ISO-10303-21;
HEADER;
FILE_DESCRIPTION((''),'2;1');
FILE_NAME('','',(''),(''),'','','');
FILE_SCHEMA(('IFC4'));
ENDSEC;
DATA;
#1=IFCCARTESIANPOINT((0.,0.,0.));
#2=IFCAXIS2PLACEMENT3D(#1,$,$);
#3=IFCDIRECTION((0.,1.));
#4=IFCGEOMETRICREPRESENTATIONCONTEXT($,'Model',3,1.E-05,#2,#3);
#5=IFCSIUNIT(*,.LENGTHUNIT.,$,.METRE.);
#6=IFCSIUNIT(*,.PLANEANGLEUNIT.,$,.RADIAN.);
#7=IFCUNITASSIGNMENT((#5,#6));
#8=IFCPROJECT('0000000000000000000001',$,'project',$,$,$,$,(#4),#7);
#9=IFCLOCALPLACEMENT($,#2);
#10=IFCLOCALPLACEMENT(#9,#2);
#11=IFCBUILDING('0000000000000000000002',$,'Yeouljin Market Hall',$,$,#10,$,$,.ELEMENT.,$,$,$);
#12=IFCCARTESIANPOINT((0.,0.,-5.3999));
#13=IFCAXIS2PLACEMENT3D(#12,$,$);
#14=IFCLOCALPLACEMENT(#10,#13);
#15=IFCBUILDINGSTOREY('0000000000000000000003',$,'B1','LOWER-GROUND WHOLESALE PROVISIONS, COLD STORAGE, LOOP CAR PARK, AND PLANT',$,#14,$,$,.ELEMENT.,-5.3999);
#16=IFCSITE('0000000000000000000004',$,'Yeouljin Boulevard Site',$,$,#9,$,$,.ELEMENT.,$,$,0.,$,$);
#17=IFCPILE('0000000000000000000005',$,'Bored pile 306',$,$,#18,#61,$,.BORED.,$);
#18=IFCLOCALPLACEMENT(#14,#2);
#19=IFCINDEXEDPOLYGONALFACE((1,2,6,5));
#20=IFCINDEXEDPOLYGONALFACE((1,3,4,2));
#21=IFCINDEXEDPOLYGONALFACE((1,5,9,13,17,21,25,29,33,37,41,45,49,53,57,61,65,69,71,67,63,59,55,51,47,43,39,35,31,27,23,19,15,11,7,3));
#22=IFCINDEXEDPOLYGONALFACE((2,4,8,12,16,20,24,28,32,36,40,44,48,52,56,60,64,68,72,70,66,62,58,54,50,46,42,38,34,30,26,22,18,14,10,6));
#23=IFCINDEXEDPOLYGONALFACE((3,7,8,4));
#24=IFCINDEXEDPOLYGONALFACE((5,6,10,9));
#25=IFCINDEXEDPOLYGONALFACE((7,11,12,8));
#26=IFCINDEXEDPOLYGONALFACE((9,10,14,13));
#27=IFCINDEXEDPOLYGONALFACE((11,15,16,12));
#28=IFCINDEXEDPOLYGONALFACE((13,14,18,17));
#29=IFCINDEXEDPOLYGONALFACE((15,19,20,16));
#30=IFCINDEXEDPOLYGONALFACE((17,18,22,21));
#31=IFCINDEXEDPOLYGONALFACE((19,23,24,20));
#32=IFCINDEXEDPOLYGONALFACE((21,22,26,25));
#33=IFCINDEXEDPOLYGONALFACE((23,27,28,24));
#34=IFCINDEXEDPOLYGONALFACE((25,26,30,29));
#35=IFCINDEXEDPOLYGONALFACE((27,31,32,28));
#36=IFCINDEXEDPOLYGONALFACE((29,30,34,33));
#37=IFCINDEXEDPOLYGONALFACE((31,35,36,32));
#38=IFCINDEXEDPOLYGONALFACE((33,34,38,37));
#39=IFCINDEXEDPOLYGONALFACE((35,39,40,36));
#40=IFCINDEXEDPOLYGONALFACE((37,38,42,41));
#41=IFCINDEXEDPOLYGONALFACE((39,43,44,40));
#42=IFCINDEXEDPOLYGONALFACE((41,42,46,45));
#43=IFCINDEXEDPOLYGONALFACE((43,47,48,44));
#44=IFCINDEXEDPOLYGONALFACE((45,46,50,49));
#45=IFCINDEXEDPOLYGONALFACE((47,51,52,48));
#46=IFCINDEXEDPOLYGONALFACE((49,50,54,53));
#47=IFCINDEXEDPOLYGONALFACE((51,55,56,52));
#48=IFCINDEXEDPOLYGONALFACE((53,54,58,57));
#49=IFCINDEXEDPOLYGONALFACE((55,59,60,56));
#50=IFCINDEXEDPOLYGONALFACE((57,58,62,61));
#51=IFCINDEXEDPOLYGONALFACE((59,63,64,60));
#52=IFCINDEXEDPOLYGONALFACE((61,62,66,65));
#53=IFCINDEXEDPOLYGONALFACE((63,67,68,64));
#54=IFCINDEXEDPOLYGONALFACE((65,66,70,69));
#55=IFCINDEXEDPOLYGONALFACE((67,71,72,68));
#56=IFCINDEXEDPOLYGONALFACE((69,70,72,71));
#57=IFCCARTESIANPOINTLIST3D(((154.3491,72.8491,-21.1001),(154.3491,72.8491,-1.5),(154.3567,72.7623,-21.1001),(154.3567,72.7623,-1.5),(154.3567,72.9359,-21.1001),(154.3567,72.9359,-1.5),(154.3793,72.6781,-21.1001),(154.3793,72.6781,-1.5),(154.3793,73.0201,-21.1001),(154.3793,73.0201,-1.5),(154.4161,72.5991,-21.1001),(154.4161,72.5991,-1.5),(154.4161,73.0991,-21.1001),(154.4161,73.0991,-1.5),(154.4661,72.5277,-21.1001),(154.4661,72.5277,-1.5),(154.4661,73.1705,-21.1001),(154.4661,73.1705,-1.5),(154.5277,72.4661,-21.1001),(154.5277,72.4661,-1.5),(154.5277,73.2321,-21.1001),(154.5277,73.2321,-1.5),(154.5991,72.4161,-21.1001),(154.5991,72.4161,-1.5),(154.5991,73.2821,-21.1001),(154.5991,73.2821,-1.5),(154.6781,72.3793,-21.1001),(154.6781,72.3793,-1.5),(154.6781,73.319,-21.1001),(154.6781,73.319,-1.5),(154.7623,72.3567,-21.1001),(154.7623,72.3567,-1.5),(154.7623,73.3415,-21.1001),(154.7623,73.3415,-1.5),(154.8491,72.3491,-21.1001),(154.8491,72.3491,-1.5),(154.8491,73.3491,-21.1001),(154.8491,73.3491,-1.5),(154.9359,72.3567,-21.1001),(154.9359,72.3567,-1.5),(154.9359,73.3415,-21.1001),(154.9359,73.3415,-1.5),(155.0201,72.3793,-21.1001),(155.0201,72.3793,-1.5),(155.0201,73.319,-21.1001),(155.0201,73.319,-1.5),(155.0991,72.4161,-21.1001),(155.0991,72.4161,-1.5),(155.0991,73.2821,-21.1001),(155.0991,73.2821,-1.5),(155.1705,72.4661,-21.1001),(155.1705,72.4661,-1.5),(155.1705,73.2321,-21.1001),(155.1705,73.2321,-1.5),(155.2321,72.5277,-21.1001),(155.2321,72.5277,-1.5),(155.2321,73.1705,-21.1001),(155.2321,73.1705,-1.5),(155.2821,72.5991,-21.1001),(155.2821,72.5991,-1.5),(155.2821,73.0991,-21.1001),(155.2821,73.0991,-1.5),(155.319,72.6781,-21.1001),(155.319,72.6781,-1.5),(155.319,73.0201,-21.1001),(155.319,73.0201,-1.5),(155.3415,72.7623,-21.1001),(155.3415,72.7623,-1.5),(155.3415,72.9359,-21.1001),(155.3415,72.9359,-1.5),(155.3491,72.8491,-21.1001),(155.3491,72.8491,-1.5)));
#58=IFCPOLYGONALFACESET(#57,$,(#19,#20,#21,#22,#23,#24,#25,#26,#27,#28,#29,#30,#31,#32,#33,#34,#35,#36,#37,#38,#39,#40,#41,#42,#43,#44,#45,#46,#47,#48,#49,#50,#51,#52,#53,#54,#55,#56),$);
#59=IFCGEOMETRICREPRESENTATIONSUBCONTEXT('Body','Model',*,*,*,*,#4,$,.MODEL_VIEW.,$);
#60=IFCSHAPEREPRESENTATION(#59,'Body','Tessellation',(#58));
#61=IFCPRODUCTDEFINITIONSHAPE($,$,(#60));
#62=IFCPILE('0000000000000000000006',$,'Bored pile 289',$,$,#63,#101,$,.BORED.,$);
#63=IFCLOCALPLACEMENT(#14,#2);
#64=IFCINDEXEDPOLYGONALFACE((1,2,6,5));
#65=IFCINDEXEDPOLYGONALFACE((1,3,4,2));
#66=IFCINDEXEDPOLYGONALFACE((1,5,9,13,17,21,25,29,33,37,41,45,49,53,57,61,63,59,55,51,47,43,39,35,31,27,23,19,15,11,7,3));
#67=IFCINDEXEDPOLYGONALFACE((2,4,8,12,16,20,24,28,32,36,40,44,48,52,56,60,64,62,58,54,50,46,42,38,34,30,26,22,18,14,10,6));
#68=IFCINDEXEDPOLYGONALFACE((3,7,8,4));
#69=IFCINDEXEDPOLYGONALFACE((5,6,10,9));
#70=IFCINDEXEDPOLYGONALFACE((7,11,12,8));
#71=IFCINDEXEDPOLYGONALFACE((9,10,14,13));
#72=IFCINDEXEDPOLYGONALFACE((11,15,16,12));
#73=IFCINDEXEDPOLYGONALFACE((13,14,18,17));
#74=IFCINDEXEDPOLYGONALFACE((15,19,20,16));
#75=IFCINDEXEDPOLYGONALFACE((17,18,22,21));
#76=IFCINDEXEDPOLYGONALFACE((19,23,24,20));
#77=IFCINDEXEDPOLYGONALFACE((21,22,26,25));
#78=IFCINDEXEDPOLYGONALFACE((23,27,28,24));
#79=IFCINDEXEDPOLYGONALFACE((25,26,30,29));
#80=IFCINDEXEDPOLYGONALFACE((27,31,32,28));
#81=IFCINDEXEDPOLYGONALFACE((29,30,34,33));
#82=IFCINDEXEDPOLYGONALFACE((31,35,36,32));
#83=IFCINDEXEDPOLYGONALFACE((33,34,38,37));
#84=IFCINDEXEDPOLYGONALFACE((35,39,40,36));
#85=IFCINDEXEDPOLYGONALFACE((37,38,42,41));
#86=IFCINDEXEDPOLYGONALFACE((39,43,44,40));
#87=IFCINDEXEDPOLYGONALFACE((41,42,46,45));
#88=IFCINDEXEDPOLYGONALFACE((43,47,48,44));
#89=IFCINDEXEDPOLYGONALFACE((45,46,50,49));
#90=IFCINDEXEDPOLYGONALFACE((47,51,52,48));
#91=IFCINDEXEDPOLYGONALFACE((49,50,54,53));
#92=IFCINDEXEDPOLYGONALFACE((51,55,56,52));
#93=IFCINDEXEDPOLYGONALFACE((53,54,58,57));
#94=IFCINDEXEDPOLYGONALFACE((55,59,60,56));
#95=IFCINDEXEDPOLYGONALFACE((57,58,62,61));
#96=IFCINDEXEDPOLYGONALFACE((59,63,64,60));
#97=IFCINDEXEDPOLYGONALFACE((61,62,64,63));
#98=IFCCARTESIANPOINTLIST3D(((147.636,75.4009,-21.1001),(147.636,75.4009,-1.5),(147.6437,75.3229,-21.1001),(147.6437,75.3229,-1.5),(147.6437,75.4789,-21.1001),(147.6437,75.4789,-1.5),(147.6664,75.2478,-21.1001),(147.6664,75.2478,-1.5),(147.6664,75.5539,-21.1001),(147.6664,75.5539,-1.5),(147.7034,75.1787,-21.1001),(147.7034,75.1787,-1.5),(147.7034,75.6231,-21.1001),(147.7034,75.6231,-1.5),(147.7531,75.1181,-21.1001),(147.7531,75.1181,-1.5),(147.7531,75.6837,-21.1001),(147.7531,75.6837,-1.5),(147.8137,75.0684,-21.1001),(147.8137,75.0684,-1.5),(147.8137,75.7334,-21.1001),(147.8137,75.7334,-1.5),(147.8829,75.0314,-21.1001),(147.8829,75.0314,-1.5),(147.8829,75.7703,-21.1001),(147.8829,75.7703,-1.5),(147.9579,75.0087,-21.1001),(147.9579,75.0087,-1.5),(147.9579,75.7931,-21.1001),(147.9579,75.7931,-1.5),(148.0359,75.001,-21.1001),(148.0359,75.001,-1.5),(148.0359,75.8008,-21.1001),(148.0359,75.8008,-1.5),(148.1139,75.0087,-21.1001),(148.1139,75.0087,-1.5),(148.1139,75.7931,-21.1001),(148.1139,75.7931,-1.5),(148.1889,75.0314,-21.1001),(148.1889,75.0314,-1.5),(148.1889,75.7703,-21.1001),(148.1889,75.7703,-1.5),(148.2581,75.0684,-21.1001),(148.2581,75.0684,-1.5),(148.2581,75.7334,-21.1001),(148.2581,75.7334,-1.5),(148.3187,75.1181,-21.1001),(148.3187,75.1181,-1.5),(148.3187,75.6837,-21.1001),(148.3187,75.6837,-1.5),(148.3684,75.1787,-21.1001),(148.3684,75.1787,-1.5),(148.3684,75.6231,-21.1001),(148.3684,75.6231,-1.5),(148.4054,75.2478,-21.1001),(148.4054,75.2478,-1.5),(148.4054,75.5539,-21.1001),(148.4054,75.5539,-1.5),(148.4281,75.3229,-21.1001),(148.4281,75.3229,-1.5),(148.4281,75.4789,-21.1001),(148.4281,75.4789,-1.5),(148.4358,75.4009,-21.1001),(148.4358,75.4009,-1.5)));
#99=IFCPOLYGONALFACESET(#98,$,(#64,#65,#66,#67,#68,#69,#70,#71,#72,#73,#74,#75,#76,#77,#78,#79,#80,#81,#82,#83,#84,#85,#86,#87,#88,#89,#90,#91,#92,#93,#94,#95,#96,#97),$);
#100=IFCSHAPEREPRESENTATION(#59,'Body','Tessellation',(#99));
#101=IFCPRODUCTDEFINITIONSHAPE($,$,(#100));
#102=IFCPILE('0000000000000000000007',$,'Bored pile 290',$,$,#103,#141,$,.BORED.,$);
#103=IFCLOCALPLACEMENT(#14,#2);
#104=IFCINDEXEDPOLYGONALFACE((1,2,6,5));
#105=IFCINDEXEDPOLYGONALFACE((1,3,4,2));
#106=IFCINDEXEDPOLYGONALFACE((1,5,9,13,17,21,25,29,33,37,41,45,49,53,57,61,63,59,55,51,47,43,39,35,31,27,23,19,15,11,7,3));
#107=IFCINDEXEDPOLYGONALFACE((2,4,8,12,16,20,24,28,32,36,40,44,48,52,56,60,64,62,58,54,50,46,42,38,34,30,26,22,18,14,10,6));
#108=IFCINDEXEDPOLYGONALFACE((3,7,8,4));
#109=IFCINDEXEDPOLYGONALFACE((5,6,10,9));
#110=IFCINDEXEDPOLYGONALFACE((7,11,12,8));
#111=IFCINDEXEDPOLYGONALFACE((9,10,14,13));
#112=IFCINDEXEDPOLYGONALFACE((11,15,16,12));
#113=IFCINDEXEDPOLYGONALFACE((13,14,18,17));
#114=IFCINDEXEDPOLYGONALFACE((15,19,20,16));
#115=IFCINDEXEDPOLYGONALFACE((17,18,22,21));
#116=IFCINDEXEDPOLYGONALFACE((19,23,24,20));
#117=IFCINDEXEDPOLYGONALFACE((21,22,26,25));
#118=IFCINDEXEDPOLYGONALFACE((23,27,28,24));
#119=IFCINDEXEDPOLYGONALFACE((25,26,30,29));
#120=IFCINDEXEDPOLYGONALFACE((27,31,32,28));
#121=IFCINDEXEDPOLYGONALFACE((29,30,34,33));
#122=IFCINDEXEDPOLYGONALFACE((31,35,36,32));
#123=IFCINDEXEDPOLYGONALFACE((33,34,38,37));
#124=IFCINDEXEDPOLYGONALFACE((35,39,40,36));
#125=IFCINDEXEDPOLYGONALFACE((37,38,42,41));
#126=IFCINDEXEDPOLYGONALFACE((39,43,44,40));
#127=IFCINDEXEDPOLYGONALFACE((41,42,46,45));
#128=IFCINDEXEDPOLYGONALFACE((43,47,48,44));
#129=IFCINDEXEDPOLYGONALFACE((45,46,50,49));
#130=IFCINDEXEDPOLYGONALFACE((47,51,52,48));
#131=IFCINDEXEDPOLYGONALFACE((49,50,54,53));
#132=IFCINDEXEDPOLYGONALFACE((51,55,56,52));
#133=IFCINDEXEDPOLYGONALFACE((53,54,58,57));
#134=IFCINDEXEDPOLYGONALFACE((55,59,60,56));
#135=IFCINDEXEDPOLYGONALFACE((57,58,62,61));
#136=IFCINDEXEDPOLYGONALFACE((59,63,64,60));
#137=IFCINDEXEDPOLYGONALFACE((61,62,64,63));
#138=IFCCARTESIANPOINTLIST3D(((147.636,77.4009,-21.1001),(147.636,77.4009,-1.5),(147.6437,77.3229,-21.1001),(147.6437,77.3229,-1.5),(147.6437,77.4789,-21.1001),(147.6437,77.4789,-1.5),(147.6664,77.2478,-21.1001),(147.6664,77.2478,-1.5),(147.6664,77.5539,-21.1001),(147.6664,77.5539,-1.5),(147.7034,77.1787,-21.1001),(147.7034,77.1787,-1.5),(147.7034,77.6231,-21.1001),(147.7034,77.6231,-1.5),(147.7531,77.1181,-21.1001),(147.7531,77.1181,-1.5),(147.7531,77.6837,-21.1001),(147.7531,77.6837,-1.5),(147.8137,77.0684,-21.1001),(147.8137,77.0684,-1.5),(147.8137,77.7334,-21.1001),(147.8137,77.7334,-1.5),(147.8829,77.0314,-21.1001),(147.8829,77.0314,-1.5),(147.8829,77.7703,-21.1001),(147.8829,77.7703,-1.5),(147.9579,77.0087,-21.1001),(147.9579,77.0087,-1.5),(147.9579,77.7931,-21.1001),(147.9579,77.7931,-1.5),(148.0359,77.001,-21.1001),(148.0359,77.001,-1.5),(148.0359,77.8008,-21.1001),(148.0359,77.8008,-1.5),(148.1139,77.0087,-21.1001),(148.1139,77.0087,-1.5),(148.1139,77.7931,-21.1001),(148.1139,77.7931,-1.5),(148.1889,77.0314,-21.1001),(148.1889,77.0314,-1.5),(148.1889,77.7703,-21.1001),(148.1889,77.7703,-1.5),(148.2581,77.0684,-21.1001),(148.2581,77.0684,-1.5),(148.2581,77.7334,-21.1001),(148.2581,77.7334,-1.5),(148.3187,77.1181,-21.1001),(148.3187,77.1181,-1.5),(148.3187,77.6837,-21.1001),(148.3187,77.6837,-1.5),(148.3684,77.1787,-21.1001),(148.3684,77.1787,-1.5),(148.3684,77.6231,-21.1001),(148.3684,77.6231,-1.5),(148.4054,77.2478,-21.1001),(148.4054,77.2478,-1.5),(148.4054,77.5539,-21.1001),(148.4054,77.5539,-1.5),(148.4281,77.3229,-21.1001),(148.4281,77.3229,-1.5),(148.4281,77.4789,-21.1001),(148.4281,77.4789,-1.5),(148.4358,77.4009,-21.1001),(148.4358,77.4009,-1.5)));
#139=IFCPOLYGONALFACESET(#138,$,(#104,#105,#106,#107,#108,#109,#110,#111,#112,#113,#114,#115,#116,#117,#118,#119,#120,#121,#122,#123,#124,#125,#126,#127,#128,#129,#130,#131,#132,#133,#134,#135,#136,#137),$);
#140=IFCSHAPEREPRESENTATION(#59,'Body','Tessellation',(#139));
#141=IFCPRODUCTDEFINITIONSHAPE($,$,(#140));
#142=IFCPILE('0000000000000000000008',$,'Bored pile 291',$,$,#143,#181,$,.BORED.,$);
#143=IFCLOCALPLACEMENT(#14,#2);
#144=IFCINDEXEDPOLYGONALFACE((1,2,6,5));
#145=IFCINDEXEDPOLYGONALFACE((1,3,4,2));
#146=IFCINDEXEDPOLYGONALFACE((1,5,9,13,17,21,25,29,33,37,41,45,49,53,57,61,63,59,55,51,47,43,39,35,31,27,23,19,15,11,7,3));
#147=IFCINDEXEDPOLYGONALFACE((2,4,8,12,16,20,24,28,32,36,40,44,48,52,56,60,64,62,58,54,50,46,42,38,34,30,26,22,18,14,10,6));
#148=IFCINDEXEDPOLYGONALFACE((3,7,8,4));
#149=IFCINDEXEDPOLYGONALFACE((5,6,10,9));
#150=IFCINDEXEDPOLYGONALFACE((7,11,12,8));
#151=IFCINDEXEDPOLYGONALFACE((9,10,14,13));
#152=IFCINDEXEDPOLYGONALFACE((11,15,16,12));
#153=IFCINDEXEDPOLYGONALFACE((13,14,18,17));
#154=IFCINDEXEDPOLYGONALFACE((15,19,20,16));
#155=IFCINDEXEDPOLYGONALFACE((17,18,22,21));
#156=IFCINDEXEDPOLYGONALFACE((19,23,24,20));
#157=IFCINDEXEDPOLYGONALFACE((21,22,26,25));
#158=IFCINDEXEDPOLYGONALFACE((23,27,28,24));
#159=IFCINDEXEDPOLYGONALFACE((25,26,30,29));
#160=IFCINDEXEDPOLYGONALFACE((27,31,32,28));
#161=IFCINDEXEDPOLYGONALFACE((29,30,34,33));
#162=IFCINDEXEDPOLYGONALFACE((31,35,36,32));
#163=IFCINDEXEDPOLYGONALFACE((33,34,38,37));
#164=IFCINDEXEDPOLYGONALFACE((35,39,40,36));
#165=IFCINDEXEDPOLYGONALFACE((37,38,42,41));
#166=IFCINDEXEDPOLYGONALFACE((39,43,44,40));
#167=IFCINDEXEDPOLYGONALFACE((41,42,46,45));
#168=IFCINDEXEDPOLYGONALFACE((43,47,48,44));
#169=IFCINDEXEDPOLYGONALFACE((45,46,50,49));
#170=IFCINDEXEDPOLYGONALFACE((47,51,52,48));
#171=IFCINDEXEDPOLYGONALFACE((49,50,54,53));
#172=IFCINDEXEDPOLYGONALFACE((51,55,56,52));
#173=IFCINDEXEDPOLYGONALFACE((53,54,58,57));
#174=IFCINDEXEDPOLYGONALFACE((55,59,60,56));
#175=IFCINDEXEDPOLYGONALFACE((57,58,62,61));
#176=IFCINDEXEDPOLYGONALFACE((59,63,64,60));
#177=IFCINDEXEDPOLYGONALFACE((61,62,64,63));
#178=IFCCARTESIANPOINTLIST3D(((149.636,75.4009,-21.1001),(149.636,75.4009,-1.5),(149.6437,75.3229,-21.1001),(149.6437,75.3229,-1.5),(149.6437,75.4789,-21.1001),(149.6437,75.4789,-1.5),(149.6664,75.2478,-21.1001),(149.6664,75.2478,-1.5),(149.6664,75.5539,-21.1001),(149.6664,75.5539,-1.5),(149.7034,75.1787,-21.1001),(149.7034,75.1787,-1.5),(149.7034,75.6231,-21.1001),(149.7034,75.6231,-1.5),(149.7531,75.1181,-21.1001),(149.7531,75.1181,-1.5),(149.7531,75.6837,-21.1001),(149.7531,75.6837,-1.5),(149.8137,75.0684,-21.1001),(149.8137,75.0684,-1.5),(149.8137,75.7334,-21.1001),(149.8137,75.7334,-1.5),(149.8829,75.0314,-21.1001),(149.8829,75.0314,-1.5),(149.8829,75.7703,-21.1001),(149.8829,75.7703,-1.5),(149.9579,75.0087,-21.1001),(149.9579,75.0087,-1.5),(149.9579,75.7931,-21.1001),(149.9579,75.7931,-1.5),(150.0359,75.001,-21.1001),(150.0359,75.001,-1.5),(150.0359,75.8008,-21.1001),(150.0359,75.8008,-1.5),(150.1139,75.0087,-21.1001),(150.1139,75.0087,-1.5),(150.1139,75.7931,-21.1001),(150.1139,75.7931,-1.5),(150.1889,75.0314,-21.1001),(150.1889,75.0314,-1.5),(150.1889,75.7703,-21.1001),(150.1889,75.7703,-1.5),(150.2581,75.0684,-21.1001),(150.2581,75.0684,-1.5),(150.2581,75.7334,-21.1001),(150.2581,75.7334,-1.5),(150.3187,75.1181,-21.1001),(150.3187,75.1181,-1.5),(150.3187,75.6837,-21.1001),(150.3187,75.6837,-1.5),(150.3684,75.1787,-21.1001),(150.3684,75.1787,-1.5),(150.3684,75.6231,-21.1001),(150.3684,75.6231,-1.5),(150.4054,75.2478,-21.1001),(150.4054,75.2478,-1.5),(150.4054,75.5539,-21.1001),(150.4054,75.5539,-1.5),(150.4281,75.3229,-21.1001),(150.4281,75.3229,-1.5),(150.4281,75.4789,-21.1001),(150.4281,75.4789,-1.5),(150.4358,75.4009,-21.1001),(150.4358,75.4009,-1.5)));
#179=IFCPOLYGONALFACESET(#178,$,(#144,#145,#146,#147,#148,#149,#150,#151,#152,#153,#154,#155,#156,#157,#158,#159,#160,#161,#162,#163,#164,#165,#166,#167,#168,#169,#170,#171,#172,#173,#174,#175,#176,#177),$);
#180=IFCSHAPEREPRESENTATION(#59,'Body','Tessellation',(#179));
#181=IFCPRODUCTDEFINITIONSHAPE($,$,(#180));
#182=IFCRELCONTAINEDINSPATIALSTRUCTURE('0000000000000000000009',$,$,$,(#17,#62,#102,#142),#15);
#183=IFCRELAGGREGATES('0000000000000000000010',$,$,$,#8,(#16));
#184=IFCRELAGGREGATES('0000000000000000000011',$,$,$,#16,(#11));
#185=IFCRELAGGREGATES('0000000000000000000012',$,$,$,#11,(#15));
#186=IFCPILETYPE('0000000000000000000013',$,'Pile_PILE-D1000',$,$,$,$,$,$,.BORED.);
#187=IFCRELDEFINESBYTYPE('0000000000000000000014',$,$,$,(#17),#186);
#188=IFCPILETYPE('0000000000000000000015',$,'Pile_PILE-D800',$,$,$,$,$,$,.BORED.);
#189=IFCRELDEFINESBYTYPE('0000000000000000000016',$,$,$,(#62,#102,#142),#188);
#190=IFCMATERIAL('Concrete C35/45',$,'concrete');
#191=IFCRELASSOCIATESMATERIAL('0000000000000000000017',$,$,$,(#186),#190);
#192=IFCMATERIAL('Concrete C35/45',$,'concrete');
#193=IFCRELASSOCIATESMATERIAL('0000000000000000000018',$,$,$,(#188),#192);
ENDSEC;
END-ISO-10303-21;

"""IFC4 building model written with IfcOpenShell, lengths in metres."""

from ifc_helpers import new_model, si_unit, direction, frame, origin, origin_2d, place, context, subcontext, project, spatial, circle, extrude, material, material_profile, profile_set, type_object, element, save


model = new_model("IFC4")

# Units and contexts
model_context = context("Model", 3, precision=1e-05, world=origin(), true_north=direction((0.0, 1.0)))
body_context = subcontext(model_context, "Body", "Model", "MODEL_VIEW")
ifc_project = project(units=[si_unit("LENGTHUNIT", "METRE"), si_unit("PLANEANGLEUNIT", "RADIAN")], contexts=[model_context])

# Site, building, storey
site_placement = place(None, origin())
site = spatial("IfcSite", under=ifc_project, at=site_placement, Name="Yeouljin Boulevard Site", CompositionType="ELEMENT", RefElevation=0.0)
building_placement = place(site_placement, origin())
building = spatial("IfcBuilding", under=site, at=building_placement, Name="Yeouljin Market Hall", CompositionType="ELEMENT")
storey_placement = place(building_placement, frame((0.0, 0.0, -5.3999)))
storey = spatial("IfcBuildingStorey", under=building, at=storey_placement, Name="B1", Description="LOWER-GROUND WHOLESALE PROVISIONS, COLD STORAGE, LOOP CAR PARK, AND PLANT", CompositionType="ELEMENT", Elevation=-5.3999)

# Piles
ifc_material_1 = material(Name="Concrete C35/45", Category="concrete")
ifc_material_profile_1 = material_profile(ifc_material_1, circle(Radius=0.5, at=origin_2d()), Name="PILE-D1000")
ifc_profile_set_1 = profile_set([ifc_material_profile_1], Name="Concrete C35/45")
pile_type_1 = type_object("IfcPileType", Name="Pile_PILE-D1000", PredefinedType="BORED", material=ifc_profile_set_1)
for number, where, z_axis, x_axis, name in (
    (1, (154.8491, 72.8491, -1.5), (0.0, 0.0, -1.0), (1.0, 0.0, 0.0), "Bored pile 306"),
):
    element("IfcPile", number, at=place(storey_placement, frame(where, z_axis=z_axis, x_axis=x_axis)), inside=storey, type_object=pile_type_1, Name=name, PredefinedType="BORED", context=body_context, shape_type="SweptSolid", body=[
        extrude(circle(Radius=0.5, at=origin_2d()), origin(), (0.0, 0.0, 1.0), 19.6001),
    ])
ifc_material_2 = material(Name="Concrete C35/45", Category="concrete")
ifc_material_profile_2 = material_profile(ifc_material_2, circle(Radius=0.3999, at=origin_2d()), Name="PILE-D800")
ifc_profile_set_2 = profile_set([ifc_material_profile_2], Name="Concrete C35/45")
pile_type_2 = type_object("IfcPileType", Name="Pile_PILE-D800", PredefinedType="BORED", material=ifc_profile_set_2)
for number, where, z_axis, x_axis, name in (
    (2, (148.0359, 75.4009, -1.5), (0.0, 0.0, -1.0), (1.0, 0.0, 0.0), "Bored pile 289"),
    (3, (148.0359, 77.4009, -1.5), (0.0, 0.0, -1.0), (1.0, 0.0, 0.0), "Bored pile 290"),
    (4, (150.0359, 75.4009, -1.5), (0.0, 0.0, -1.0), (1.0, 0.0, 0.0), "Bored pile 291"),
):
    element("IfcPile", number, at=place(storey_placement, frame(where, z_axis=z_axis, x_axis=x_axis)), inside=storey, type_object=pile_type_2, Name=name, PredefinedType="BORED", context=body_context, shape_type="SweptSolid", body=[
        extrude(circle(Radius=0.3999, at=origin_2d()), origin(), (0.0, 0.0, 1.0), 19.6001),
    ])

save(model, "model.ifc")
